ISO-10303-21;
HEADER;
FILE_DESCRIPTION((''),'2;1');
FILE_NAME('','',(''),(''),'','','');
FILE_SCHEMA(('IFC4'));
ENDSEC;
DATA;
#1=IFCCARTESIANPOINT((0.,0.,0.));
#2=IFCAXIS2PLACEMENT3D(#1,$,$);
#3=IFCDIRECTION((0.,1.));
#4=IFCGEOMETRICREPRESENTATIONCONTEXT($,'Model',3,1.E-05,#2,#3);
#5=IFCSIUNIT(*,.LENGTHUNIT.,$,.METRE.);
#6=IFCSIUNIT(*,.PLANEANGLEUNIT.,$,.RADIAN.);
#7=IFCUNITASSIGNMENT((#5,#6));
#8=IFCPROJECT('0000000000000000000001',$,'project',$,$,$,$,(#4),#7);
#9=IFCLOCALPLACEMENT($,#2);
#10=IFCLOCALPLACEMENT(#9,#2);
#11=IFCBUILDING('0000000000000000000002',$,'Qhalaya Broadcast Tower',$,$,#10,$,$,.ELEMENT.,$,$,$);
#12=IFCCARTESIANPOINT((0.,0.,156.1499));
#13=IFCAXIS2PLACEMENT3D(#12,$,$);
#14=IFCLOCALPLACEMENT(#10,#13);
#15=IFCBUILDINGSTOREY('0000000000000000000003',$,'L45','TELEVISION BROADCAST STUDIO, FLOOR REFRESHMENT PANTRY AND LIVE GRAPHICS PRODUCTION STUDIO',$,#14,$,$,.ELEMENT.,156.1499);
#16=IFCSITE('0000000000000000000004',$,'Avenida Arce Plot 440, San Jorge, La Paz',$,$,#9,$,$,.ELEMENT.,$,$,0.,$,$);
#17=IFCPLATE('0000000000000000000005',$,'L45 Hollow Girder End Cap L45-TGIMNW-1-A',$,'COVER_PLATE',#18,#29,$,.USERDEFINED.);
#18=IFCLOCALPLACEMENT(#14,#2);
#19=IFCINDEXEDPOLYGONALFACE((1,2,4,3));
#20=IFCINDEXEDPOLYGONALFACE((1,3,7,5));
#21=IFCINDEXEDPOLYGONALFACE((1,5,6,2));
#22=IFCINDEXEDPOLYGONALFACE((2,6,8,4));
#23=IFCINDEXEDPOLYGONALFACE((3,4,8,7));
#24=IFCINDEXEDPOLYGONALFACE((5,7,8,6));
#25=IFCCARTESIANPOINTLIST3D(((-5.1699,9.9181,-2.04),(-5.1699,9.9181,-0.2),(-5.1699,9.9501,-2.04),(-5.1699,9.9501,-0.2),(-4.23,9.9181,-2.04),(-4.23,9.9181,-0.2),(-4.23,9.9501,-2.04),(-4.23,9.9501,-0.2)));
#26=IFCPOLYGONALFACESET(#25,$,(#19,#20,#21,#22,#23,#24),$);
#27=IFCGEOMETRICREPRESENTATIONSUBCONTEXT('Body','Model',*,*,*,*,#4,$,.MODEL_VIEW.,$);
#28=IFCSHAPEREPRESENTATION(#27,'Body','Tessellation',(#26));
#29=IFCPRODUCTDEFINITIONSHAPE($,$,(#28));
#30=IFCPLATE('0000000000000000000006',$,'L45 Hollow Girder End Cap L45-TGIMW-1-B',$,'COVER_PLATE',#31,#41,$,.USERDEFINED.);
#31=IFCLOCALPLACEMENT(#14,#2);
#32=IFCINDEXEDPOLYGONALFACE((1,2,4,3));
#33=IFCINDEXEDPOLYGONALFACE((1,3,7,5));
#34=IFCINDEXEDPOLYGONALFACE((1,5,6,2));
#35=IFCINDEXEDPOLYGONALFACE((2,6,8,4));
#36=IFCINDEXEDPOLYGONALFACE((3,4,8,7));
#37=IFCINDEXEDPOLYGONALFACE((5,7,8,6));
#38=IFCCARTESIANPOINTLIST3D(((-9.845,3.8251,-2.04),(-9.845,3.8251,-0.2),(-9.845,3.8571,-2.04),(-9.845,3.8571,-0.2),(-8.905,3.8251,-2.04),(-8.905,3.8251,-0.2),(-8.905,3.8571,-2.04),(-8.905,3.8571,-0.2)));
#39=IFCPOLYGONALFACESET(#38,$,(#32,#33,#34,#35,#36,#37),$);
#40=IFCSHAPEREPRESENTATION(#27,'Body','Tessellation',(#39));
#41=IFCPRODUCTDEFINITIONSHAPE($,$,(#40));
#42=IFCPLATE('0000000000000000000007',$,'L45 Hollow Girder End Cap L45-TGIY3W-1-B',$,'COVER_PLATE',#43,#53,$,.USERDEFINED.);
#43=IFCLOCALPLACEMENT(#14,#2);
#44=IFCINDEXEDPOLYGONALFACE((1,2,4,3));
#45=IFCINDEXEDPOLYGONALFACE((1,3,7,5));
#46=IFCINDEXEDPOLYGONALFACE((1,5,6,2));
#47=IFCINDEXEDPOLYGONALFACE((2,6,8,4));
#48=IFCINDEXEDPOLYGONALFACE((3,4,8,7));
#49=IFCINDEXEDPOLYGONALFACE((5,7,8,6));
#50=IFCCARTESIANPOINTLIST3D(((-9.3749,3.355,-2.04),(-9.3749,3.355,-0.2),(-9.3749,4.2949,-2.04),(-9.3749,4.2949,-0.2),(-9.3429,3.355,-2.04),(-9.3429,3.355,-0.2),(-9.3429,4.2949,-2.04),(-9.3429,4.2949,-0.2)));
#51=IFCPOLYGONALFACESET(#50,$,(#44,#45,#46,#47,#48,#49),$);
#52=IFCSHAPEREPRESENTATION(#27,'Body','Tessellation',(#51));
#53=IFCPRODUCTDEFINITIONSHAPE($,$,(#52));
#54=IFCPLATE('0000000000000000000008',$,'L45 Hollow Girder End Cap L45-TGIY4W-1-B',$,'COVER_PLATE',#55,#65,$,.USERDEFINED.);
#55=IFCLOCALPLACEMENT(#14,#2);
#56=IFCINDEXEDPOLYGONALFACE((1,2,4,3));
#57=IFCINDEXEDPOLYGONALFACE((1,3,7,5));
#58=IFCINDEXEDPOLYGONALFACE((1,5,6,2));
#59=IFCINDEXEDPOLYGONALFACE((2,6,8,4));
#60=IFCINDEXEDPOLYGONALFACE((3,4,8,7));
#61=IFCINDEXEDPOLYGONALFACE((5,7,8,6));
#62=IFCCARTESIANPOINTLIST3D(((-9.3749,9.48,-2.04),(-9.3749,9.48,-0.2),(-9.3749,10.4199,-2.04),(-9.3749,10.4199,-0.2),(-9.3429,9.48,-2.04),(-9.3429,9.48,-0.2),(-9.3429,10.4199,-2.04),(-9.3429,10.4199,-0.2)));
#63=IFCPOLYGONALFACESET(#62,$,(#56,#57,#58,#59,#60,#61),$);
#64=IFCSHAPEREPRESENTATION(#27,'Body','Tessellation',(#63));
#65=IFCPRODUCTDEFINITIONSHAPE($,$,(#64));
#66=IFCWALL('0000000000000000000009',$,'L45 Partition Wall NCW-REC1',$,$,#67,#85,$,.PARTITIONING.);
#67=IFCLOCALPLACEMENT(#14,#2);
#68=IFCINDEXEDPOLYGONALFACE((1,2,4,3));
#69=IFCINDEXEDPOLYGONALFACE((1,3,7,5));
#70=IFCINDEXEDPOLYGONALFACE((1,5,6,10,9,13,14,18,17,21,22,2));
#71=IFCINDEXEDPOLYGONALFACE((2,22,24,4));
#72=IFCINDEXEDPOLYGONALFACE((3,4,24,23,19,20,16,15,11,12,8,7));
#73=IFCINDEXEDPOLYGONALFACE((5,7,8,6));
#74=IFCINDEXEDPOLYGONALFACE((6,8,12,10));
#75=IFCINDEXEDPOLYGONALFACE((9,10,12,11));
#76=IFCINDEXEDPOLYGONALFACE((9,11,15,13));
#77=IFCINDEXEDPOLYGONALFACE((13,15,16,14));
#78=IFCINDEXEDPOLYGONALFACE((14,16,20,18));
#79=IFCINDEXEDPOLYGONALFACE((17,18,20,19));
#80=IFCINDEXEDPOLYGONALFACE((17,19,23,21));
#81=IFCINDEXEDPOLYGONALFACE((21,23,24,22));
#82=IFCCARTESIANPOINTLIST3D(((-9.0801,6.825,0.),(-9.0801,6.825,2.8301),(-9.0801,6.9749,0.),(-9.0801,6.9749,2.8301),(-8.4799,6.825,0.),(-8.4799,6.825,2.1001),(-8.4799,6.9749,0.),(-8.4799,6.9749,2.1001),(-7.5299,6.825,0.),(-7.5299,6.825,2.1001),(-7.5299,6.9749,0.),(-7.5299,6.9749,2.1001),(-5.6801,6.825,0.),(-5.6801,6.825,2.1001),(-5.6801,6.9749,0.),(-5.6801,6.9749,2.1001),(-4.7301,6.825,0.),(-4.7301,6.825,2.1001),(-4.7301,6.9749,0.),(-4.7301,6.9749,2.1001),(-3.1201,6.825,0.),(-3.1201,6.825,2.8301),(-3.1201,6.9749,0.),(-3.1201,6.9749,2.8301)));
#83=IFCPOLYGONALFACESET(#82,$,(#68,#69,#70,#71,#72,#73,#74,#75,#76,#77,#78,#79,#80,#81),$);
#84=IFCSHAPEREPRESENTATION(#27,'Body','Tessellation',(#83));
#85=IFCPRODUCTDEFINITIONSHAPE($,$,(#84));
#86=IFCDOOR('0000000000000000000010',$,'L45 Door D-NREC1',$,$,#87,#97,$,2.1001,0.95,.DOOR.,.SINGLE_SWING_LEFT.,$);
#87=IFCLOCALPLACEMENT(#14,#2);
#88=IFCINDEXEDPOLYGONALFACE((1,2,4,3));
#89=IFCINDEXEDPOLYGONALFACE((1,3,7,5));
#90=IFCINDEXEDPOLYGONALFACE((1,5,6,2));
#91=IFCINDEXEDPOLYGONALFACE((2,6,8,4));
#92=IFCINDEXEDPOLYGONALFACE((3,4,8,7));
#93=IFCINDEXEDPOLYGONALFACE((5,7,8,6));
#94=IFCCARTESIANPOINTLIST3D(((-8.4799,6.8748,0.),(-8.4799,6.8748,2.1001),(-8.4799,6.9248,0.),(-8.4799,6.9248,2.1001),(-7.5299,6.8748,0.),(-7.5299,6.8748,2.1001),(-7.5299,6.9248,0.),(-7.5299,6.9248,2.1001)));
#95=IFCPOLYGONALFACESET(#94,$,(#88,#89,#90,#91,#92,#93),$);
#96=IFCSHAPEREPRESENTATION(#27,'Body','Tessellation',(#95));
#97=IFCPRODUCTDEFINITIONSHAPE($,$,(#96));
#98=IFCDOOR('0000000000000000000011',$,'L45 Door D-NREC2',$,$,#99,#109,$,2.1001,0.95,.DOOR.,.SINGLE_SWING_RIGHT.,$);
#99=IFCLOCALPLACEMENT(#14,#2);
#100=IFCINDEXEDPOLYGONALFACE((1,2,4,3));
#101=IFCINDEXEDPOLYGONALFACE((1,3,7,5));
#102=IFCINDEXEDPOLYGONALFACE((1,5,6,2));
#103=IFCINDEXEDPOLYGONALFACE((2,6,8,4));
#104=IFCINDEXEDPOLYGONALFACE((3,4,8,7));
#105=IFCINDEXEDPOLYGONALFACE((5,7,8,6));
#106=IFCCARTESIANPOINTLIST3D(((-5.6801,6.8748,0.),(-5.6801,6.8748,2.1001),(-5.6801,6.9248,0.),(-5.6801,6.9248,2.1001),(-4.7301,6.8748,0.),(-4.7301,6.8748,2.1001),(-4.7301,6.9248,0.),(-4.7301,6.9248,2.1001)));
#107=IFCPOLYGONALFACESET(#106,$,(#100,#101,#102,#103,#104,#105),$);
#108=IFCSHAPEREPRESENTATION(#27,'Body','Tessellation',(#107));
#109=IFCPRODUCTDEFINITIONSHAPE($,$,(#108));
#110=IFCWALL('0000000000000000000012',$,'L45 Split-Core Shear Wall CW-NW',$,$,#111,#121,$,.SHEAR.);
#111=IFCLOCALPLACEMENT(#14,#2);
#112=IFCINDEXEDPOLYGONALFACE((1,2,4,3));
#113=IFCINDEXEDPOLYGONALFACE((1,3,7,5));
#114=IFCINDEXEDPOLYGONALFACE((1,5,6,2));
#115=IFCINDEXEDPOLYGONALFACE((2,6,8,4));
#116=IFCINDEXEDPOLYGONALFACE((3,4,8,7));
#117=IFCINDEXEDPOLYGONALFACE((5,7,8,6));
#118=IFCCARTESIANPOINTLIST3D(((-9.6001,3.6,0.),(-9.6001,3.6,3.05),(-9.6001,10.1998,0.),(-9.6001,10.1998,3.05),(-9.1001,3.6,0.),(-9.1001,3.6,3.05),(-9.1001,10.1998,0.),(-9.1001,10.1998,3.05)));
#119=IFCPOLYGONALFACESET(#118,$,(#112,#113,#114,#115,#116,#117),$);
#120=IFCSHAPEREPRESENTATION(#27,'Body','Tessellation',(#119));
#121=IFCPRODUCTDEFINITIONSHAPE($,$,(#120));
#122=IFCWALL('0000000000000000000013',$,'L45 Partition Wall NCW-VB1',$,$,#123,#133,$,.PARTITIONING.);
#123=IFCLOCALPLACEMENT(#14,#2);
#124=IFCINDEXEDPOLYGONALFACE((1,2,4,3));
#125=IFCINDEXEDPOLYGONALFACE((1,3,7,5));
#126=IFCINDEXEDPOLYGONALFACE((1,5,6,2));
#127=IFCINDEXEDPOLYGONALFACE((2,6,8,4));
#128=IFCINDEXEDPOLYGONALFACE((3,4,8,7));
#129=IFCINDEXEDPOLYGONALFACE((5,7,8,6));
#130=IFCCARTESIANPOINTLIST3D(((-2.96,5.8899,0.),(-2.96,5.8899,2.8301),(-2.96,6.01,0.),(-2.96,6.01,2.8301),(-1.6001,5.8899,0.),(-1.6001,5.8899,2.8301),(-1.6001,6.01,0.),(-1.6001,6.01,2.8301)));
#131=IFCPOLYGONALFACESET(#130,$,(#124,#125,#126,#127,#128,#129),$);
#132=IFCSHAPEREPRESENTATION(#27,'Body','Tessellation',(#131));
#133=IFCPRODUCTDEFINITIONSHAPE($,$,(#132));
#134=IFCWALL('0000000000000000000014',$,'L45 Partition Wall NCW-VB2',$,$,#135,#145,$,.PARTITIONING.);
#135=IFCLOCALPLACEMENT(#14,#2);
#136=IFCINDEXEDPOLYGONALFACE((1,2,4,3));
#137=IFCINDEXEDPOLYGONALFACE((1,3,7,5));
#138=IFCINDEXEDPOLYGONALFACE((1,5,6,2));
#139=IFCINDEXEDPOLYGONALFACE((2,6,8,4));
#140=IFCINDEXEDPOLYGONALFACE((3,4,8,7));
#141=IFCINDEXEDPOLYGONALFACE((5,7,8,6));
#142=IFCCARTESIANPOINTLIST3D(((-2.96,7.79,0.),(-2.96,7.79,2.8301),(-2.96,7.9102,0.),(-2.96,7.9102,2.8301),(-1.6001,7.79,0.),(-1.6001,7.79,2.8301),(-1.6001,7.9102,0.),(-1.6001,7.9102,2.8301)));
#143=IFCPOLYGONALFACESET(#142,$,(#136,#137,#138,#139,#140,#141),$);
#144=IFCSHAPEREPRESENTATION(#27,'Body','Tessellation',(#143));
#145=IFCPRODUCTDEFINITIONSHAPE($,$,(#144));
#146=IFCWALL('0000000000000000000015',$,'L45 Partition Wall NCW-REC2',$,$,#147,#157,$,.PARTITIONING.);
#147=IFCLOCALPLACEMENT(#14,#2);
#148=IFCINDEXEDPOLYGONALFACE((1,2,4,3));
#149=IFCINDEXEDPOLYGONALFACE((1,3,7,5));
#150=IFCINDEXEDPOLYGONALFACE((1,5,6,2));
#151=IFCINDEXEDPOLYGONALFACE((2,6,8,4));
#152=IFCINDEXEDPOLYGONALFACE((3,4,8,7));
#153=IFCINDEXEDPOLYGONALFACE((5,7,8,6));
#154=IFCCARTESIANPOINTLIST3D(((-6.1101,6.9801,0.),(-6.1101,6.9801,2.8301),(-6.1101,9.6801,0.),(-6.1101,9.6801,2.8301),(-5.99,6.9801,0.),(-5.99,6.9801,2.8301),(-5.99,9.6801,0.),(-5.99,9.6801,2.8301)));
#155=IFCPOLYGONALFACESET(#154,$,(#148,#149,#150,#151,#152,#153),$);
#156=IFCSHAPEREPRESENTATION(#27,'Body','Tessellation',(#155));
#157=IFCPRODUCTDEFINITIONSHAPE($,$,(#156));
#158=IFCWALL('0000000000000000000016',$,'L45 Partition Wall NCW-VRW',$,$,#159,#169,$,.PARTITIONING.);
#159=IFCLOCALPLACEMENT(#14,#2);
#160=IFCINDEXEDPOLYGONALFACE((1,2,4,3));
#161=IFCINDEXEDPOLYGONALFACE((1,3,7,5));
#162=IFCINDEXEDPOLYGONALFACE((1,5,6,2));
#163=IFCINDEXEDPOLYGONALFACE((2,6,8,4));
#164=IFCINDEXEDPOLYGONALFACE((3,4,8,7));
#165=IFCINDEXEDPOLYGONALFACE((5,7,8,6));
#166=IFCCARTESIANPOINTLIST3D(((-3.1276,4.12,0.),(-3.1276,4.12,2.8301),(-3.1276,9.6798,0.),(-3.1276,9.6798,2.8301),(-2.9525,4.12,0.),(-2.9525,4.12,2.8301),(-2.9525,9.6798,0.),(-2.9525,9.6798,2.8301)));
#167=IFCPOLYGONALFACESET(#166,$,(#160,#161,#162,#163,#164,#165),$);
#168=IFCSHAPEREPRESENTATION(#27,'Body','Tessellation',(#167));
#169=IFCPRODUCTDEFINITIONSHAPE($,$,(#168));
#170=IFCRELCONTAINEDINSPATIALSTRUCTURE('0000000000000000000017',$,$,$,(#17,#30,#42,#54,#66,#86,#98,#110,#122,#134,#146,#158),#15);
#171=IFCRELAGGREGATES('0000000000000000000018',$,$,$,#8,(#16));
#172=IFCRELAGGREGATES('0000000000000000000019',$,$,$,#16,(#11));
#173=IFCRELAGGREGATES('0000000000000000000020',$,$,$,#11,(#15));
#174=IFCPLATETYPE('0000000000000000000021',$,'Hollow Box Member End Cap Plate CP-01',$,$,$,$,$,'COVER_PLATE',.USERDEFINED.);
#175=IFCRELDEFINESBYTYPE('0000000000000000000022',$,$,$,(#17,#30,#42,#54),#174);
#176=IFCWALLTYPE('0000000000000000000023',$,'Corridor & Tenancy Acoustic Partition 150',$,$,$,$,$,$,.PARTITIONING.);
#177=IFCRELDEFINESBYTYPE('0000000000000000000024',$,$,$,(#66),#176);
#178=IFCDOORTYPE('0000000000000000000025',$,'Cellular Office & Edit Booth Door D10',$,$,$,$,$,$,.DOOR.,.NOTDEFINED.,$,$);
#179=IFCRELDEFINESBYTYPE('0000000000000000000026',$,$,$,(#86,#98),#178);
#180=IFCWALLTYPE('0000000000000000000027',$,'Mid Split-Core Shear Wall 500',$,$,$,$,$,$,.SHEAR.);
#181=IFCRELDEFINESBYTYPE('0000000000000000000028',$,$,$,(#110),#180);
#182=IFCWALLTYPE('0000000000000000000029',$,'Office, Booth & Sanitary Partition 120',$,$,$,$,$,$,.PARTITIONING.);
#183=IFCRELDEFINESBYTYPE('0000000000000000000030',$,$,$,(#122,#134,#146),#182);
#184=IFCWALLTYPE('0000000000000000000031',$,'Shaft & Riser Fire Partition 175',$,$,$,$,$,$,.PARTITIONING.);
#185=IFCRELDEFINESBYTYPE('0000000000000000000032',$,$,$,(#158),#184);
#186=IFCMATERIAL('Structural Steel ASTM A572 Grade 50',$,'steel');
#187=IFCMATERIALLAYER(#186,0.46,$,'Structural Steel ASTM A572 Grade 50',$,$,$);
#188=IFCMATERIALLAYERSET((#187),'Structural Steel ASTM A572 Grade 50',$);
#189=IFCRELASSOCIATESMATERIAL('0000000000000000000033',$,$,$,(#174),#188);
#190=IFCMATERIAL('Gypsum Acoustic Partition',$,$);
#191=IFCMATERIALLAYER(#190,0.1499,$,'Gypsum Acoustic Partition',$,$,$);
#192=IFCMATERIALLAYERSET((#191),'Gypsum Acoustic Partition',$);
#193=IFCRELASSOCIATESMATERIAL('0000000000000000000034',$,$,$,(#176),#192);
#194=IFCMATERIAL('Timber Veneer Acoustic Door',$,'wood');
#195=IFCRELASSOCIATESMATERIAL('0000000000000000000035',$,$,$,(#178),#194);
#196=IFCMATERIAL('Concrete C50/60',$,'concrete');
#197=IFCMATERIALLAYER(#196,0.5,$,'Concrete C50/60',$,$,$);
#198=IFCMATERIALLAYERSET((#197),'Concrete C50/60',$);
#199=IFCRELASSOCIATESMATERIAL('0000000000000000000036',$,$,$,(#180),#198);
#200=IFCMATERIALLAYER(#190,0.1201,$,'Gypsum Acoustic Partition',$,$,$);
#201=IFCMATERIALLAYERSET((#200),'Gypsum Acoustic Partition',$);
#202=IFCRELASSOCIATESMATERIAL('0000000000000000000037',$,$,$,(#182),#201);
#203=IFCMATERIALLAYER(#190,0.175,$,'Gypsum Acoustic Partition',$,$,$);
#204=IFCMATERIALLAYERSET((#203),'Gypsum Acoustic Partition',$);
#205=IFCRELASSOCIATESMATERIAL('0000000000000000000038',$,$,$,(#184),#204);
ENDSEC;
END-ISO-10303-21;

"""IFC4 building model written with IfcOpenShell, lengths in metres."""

from ifc_helpers import new_model, si_unit, direction, frame, frame_2d, origin, origin_2d, place, context, subcontext, project, spatial, rectangle, extrude, material, layer, layer_set, type_object, element, fill, save


model = new_model("IFC4")

# Units and contexts
model_context = context("Model", 3, precision=1e-05, world=origin(), true_north=direction((0.0, 1.0)))
body_context = subcontext(model_context, "Body", "Model", "MODEL_VIEW")
ifc_project = project(units=[si_unit("LENGTHUNIT", "METRE"), si_unit("PLANEANGLEUNIT", "RADIAN")], contexts=[model_context])

# Site, building, storey
site_placement = place(None, origin())
site = spatial("IfcSite", under=ifc_project, at=site_placement, Name="Avenida Arce Plot 440, San Jorge, La Paz", CompositionType="ELEMENT", RefElevation=0.0)
building_placement = place(site_placement, origin())
building = spatial("IfcBuilding", under=site, at=building_placement, Name="Qhalaya Broadcast Tower", CompositionType="ELEMENT")
storey_placement = place(building_placement, frame((0.0, 0.0, 156.1499)))
storey = spatial("IfcBuildingStorey", under=building, at=storey_placement, Name="L45", Description="TELEVISION BROADCAST STUDIO, FLOOR REFRESHMENT PANTRY AND LIVE GRAPHICS PRODUCTION STUDIO", CompositionType="ELEMENT", Elevation=156.1499)

# Shared definitions
ifc_material_1 = material(Name="Concrete C50/60", Category="concrete")

# Shared definitions
ifc_material_2 = material(Name="Structural Steel ASTM A572 Grade 50", Category="steel")

# Plates
ifc_layer_1 = layer(ifc_material_2, 0.46, Name="Structural Steel ASTM A572 Grade 50")
ifc_layer_set_1 = layer_set([ifc_layer_1], Name="Structural Steel ASTM A572 Grade 50")
plate_type = type_object("IfcPlateType", Name="Hollow Box Member End Cap Plate CP-01", ElementType="COVER_PLATE", PredefinedType="USERDEFINED", material=ifc_layer_set_1)
for number, where, z_axis, x_axis, name in (
    (1, (-4.7, 9.9341, -2.04), (0.0, 0.0, 1.0), (-1.0, 0.0, 0.0), "L45 Hollow Girder End Cap L45-TGIMNW-1-A"),
    (2, (-9.375, 3.8411, -2.04), (0.0, 0.0, 1.0), (-1.0, 0.0, 0.0), "L45 Hollow Girder End Cap L45-TGIMW-1-B"),
    (3, (-9.3589, 3.825, -2.04), (0.0, 0.0, 1.0), (0.0, 1.0, 0.0), "L45 Hollow Girder End Cap L45-TGIY3W-1-B"),
    (4, (-9.3589, 9.95, -2.04), (0.0, 0.0, 1.0), (0.0, 1.0, 0.0), "L45 Hollow Girder End Cap L45-TGIY4W-1-B"),
):
    element("IfcPlate", number, at=place(storey_placement, frame(where, z_axis=z_axis, x_axis=x_axis)), inside=storey, type_object=plate_type, Name=name, ObjectType="COVER_PLATE", PredefinedType="USERDEFINED", context=body_context, shape_type="SweptSolid", body=[
        extrude(rectangle(XDim=0.9399, YDim=0.032, at=origin_2d()), origin(), (0.0, 0.0, 1.0), 1.8401),
    ])

# Wall, openings, doors
ifc_material_3 = material(Name="Gypsum Acoustic Partition")
ifc_layer_2 = layer(ifc_material_3, 0.1499, Name="Gypsum Acoustic Partition")
ifc_layer_set_2 = layer_set([ifc_layer_2], Name="Gypsum Acoustic Partition")
wall_type_1 = type_object("IfcWallType", Name="Corridor & Tenancy Acoustic Partition 150", PredefinedType="PARTITIONING", material=ifc_layer_set_2)
wall_1_placement = place(storey_placement, frame((-9.0801, 6.8999, 0.0), z_axis=(0.0, 0.0, 1.0), x_axis=(1.0, 0.0, 0.0)))
wall_1 = element("IfcWall", 5, at=wall_1_placement, inside=storey, type_object=wall_type_1, Name="L45 Partition Wall NCW-REC1", PredefinedType="PARTITIONING", context=body_context, shape_type="SweptSolid", body=[
    extrude(rectangle(XDim=5.96, YDim=0.1499, at=frame_2d((2.98, 0.0))), origin(), (0.0, 0.0, 1.0), 2.8301),
])
opening_1_placement = place(wall_1_placement, frame((0.6001, 0.0, 0.0)))
opening_1 = element("IfcOpeningElement", 6, at=opening_1_placement, cuts=wall_1, PredefinedType="OPENING", context=body_context, shape_type="SweptSolid", body=[
    extrude(rectangle(XDim=0.95, YDim=2.1001, at=frame_2d((0.4751, 1.05))), frame((0.0, 0.0869, 0.0), z_axis=(0.0, -1.0, 0.0), x_axis=(1.0, 0.0, 0.0)), (0.0, 0.0, 1.0), 0.1738),
])
opening_2_placement = place(wall_1_placement, frame((3.3999, 0.0, 0.0)))
opening_2 = element("IfcOpeningElement", 7, at=opening_2_placement, cuts=wall_1, PredefinedType="OPENING", context=body_context, shape_type="SweptSolid", body=[
    extrude(rectangle(XDim=0.95, YDim=2.1001, at=frame_2d((0.4751, 1.05))), frame((0.0, 0.0869, 0.0), z_axis=(0.0, -1.0, 0.0), x_axis=(1.0, 0.0, 0.0)), (0.0, 0.0, 1.0), 0.1738),
])
ifc_material_4 = material(Name="Timber Veneer Acoustic Door", Category="wood")
door_type = type_object("IfcDoorType", Name="Cellular Office & Edit Booth Door D10", OperationType="NOTDEFINED", PredefinedType="DOOR", material=ifc_material_4)
door_1_placement = place(opening_1_placement, origin())
door_1 = element("IfcDoor", 8, at=door_1_placement, inside=storey, type_object=door_type, Name="L45 Door D-NREC1", OperationType="SINGLE_SWING_LEFT", OverallHeight=2.1001, OverallWidth=0.95, PredefinedType="DOOR", context=body_context, shape_type="SweptSolid", body=[
    extrude(rectangle(XDim=0.95, YDim=2.1001, at=frame_2d((0.4751, 1.05))), frame((0.0, 0.0249, 0.0), z_axis=(0.0, -1.0, 0.0), x_axis=(1.0, 0.0, 0.0)), (0.0, 0.0, 1.0), 0.05),
])
fill(opening_1, door_1)
door_2_placement = place(opening_2_placement, origin())
door_2 = element("IfcDoor", 9, at=door_2_placement, inside=storey, type_object=door_type, Name="L45 Door D-NREC2", OperationType="SINGLE_SWING_RIGHT", OverallHeight=2.1001, OverallWidth=0.95, PredefinedType="DOOR", context=body_context, shape_type="SweptSolid", body=[
    extrude(rectangle(XDim=0.95, YDim=2.1001, at=frame_2d((0.4751, 1.05))), frame((0.0, 0.0249, 0.0), z_axis=(0.0, -1.0, 0.0), x_axis=(1.0, 0.0, 0.0)), (0.0, 0.0, 1.0), 0.05),
])
fill(opening_2, door_2)

# Walls
ifc_layer_3 = layer(ifc_material_1, 0.5, Name="Concrete C50/60")
ifc_layer_set_3 = layer_set([ifc_layer_3], Name="Concrete C50/60")
wall_type_2 = type_object("IfcWallType", Name="Mid Split-Core Shear Wall 500", PredefinedType="SHEAR", material=ifc_layer_set_3)
wall_2_placement = place(storey_placement, frame((-9.3501, 3.6001, 0.0), z_axis=(0.0, 0.0, 1.0), x_axis=(0.0, 1.0, 0.0)))
element("IfcWall", 10, at=wall_2_placement, inside=storey, type_object=wall_type_2, Name="L45 Split-Core Shear Wall CW-NW", PredefinedType="SHEAR", context=body_context, shape_type="SweptSolid", body=[
    extrude(rectangle(XDim=6.5999, YDim=0.5, at=frame_2d((3.2998, 0.0))), origin(), (0.0, 0.0, 1.0), 3.05),
])
ifc_layer_4 = layer(ifc_material_3, 0.1201, Name="Gypsum Acoustic Partition")
ifc_layer_set_4 = layer_set([ifc_layer_4], Name="Gypsum Acoustic Partition")
wall_type_3 = type_object("IfcWallType", Name="Office, Booth & Sanitary Partition 120", PredefinedType="PARTITIONING", material=ifc_layer_set_4)
for number, where, z_axis, x_axis, name in (
    (11, (-2.96, 5.95, 0.0), (0.0, 0.0, 1.0), (1.0, 0.0, 0.0), "L45 Partition Wall NCW-VB1"),
    (12, (-2.96, 7.8501, 0.0), (0.0, 0.0, 1.0), (1.0, 0.0, 0.0), "L45 Partition Wall NCW-VB2"),
):
    element("IfcWall", number, at=place(storey_placement, frame(where, z_axis=z_axis, x_axis=x_axis)), inside=storey, type_object=wall_type_3, Name=name, PredefinedType="PARTITIONING", context=body_context, shape_type="SweptSolid", body=[
        extrude(rectangle(XDim=1.3599, YDim=0.1201, at=frame_2d((0.6799, 0.0))), origin(), (0.0, 0.0, 1.0), 2.8301),
    ])
wall_3_placement = place(storey_placement, frame((-6.05, 6.98, 0.0), z_axis=(0.0, 0.0, 1.0), x_axis=(0.0, 1.0, 0.0)))
element("IfcWall", 13, at=wall_3_placement, inside=storey, type_object=wall_type_3, Name="L45 Partition Wall NCW-REC2", PredefinedType="PARTITIONING", context=body_context, shape_type="SweptSolid", body=[
    extrude(rectangle(XDim=2.7, YDim=0.1201, at=frame_2d((1.3501, 0.0))), origin(), (0.0, 0.0, 1.0), 2.8301),
])
ifc_layer_5 = layer(ifc_material_3, 0.175, Name="Gypsum Acoustic Partition")
ifc_layer_set_5 = layer_set([ifc_layer_5], Name="Gypsum Acoustic Partition")
wall_type_4 = type_object("IfcWallType", Name="Shaft & Riser Fire Partition 175", PredefinedType="PARTITIONING", material=ifc_layer_set_5)
wall_4_placement = place(storey_placement, frame((-3.04, 4.1201, 0.0), z_axis=(0.0, 0.0, 1.0), x_axis=(0.0, 1.0, 0.0)))
element("IfcWall", 14, at=wall_4_placement, inside=storey, type_object=wall_type_4, Name="L45 Partition Wall NCW-VRW", PredefinedType="PARTITIONING", context=body_context, shape_type="SweptSolid", body=[
    extrude(rectangle(XDim=5.5598, YDim=0.175, at=frame_2d((2.7798, 0.0))), origin(), (0.0, 0.0, 1.0), 2.8301),
])

save(model, "model.ifc")
